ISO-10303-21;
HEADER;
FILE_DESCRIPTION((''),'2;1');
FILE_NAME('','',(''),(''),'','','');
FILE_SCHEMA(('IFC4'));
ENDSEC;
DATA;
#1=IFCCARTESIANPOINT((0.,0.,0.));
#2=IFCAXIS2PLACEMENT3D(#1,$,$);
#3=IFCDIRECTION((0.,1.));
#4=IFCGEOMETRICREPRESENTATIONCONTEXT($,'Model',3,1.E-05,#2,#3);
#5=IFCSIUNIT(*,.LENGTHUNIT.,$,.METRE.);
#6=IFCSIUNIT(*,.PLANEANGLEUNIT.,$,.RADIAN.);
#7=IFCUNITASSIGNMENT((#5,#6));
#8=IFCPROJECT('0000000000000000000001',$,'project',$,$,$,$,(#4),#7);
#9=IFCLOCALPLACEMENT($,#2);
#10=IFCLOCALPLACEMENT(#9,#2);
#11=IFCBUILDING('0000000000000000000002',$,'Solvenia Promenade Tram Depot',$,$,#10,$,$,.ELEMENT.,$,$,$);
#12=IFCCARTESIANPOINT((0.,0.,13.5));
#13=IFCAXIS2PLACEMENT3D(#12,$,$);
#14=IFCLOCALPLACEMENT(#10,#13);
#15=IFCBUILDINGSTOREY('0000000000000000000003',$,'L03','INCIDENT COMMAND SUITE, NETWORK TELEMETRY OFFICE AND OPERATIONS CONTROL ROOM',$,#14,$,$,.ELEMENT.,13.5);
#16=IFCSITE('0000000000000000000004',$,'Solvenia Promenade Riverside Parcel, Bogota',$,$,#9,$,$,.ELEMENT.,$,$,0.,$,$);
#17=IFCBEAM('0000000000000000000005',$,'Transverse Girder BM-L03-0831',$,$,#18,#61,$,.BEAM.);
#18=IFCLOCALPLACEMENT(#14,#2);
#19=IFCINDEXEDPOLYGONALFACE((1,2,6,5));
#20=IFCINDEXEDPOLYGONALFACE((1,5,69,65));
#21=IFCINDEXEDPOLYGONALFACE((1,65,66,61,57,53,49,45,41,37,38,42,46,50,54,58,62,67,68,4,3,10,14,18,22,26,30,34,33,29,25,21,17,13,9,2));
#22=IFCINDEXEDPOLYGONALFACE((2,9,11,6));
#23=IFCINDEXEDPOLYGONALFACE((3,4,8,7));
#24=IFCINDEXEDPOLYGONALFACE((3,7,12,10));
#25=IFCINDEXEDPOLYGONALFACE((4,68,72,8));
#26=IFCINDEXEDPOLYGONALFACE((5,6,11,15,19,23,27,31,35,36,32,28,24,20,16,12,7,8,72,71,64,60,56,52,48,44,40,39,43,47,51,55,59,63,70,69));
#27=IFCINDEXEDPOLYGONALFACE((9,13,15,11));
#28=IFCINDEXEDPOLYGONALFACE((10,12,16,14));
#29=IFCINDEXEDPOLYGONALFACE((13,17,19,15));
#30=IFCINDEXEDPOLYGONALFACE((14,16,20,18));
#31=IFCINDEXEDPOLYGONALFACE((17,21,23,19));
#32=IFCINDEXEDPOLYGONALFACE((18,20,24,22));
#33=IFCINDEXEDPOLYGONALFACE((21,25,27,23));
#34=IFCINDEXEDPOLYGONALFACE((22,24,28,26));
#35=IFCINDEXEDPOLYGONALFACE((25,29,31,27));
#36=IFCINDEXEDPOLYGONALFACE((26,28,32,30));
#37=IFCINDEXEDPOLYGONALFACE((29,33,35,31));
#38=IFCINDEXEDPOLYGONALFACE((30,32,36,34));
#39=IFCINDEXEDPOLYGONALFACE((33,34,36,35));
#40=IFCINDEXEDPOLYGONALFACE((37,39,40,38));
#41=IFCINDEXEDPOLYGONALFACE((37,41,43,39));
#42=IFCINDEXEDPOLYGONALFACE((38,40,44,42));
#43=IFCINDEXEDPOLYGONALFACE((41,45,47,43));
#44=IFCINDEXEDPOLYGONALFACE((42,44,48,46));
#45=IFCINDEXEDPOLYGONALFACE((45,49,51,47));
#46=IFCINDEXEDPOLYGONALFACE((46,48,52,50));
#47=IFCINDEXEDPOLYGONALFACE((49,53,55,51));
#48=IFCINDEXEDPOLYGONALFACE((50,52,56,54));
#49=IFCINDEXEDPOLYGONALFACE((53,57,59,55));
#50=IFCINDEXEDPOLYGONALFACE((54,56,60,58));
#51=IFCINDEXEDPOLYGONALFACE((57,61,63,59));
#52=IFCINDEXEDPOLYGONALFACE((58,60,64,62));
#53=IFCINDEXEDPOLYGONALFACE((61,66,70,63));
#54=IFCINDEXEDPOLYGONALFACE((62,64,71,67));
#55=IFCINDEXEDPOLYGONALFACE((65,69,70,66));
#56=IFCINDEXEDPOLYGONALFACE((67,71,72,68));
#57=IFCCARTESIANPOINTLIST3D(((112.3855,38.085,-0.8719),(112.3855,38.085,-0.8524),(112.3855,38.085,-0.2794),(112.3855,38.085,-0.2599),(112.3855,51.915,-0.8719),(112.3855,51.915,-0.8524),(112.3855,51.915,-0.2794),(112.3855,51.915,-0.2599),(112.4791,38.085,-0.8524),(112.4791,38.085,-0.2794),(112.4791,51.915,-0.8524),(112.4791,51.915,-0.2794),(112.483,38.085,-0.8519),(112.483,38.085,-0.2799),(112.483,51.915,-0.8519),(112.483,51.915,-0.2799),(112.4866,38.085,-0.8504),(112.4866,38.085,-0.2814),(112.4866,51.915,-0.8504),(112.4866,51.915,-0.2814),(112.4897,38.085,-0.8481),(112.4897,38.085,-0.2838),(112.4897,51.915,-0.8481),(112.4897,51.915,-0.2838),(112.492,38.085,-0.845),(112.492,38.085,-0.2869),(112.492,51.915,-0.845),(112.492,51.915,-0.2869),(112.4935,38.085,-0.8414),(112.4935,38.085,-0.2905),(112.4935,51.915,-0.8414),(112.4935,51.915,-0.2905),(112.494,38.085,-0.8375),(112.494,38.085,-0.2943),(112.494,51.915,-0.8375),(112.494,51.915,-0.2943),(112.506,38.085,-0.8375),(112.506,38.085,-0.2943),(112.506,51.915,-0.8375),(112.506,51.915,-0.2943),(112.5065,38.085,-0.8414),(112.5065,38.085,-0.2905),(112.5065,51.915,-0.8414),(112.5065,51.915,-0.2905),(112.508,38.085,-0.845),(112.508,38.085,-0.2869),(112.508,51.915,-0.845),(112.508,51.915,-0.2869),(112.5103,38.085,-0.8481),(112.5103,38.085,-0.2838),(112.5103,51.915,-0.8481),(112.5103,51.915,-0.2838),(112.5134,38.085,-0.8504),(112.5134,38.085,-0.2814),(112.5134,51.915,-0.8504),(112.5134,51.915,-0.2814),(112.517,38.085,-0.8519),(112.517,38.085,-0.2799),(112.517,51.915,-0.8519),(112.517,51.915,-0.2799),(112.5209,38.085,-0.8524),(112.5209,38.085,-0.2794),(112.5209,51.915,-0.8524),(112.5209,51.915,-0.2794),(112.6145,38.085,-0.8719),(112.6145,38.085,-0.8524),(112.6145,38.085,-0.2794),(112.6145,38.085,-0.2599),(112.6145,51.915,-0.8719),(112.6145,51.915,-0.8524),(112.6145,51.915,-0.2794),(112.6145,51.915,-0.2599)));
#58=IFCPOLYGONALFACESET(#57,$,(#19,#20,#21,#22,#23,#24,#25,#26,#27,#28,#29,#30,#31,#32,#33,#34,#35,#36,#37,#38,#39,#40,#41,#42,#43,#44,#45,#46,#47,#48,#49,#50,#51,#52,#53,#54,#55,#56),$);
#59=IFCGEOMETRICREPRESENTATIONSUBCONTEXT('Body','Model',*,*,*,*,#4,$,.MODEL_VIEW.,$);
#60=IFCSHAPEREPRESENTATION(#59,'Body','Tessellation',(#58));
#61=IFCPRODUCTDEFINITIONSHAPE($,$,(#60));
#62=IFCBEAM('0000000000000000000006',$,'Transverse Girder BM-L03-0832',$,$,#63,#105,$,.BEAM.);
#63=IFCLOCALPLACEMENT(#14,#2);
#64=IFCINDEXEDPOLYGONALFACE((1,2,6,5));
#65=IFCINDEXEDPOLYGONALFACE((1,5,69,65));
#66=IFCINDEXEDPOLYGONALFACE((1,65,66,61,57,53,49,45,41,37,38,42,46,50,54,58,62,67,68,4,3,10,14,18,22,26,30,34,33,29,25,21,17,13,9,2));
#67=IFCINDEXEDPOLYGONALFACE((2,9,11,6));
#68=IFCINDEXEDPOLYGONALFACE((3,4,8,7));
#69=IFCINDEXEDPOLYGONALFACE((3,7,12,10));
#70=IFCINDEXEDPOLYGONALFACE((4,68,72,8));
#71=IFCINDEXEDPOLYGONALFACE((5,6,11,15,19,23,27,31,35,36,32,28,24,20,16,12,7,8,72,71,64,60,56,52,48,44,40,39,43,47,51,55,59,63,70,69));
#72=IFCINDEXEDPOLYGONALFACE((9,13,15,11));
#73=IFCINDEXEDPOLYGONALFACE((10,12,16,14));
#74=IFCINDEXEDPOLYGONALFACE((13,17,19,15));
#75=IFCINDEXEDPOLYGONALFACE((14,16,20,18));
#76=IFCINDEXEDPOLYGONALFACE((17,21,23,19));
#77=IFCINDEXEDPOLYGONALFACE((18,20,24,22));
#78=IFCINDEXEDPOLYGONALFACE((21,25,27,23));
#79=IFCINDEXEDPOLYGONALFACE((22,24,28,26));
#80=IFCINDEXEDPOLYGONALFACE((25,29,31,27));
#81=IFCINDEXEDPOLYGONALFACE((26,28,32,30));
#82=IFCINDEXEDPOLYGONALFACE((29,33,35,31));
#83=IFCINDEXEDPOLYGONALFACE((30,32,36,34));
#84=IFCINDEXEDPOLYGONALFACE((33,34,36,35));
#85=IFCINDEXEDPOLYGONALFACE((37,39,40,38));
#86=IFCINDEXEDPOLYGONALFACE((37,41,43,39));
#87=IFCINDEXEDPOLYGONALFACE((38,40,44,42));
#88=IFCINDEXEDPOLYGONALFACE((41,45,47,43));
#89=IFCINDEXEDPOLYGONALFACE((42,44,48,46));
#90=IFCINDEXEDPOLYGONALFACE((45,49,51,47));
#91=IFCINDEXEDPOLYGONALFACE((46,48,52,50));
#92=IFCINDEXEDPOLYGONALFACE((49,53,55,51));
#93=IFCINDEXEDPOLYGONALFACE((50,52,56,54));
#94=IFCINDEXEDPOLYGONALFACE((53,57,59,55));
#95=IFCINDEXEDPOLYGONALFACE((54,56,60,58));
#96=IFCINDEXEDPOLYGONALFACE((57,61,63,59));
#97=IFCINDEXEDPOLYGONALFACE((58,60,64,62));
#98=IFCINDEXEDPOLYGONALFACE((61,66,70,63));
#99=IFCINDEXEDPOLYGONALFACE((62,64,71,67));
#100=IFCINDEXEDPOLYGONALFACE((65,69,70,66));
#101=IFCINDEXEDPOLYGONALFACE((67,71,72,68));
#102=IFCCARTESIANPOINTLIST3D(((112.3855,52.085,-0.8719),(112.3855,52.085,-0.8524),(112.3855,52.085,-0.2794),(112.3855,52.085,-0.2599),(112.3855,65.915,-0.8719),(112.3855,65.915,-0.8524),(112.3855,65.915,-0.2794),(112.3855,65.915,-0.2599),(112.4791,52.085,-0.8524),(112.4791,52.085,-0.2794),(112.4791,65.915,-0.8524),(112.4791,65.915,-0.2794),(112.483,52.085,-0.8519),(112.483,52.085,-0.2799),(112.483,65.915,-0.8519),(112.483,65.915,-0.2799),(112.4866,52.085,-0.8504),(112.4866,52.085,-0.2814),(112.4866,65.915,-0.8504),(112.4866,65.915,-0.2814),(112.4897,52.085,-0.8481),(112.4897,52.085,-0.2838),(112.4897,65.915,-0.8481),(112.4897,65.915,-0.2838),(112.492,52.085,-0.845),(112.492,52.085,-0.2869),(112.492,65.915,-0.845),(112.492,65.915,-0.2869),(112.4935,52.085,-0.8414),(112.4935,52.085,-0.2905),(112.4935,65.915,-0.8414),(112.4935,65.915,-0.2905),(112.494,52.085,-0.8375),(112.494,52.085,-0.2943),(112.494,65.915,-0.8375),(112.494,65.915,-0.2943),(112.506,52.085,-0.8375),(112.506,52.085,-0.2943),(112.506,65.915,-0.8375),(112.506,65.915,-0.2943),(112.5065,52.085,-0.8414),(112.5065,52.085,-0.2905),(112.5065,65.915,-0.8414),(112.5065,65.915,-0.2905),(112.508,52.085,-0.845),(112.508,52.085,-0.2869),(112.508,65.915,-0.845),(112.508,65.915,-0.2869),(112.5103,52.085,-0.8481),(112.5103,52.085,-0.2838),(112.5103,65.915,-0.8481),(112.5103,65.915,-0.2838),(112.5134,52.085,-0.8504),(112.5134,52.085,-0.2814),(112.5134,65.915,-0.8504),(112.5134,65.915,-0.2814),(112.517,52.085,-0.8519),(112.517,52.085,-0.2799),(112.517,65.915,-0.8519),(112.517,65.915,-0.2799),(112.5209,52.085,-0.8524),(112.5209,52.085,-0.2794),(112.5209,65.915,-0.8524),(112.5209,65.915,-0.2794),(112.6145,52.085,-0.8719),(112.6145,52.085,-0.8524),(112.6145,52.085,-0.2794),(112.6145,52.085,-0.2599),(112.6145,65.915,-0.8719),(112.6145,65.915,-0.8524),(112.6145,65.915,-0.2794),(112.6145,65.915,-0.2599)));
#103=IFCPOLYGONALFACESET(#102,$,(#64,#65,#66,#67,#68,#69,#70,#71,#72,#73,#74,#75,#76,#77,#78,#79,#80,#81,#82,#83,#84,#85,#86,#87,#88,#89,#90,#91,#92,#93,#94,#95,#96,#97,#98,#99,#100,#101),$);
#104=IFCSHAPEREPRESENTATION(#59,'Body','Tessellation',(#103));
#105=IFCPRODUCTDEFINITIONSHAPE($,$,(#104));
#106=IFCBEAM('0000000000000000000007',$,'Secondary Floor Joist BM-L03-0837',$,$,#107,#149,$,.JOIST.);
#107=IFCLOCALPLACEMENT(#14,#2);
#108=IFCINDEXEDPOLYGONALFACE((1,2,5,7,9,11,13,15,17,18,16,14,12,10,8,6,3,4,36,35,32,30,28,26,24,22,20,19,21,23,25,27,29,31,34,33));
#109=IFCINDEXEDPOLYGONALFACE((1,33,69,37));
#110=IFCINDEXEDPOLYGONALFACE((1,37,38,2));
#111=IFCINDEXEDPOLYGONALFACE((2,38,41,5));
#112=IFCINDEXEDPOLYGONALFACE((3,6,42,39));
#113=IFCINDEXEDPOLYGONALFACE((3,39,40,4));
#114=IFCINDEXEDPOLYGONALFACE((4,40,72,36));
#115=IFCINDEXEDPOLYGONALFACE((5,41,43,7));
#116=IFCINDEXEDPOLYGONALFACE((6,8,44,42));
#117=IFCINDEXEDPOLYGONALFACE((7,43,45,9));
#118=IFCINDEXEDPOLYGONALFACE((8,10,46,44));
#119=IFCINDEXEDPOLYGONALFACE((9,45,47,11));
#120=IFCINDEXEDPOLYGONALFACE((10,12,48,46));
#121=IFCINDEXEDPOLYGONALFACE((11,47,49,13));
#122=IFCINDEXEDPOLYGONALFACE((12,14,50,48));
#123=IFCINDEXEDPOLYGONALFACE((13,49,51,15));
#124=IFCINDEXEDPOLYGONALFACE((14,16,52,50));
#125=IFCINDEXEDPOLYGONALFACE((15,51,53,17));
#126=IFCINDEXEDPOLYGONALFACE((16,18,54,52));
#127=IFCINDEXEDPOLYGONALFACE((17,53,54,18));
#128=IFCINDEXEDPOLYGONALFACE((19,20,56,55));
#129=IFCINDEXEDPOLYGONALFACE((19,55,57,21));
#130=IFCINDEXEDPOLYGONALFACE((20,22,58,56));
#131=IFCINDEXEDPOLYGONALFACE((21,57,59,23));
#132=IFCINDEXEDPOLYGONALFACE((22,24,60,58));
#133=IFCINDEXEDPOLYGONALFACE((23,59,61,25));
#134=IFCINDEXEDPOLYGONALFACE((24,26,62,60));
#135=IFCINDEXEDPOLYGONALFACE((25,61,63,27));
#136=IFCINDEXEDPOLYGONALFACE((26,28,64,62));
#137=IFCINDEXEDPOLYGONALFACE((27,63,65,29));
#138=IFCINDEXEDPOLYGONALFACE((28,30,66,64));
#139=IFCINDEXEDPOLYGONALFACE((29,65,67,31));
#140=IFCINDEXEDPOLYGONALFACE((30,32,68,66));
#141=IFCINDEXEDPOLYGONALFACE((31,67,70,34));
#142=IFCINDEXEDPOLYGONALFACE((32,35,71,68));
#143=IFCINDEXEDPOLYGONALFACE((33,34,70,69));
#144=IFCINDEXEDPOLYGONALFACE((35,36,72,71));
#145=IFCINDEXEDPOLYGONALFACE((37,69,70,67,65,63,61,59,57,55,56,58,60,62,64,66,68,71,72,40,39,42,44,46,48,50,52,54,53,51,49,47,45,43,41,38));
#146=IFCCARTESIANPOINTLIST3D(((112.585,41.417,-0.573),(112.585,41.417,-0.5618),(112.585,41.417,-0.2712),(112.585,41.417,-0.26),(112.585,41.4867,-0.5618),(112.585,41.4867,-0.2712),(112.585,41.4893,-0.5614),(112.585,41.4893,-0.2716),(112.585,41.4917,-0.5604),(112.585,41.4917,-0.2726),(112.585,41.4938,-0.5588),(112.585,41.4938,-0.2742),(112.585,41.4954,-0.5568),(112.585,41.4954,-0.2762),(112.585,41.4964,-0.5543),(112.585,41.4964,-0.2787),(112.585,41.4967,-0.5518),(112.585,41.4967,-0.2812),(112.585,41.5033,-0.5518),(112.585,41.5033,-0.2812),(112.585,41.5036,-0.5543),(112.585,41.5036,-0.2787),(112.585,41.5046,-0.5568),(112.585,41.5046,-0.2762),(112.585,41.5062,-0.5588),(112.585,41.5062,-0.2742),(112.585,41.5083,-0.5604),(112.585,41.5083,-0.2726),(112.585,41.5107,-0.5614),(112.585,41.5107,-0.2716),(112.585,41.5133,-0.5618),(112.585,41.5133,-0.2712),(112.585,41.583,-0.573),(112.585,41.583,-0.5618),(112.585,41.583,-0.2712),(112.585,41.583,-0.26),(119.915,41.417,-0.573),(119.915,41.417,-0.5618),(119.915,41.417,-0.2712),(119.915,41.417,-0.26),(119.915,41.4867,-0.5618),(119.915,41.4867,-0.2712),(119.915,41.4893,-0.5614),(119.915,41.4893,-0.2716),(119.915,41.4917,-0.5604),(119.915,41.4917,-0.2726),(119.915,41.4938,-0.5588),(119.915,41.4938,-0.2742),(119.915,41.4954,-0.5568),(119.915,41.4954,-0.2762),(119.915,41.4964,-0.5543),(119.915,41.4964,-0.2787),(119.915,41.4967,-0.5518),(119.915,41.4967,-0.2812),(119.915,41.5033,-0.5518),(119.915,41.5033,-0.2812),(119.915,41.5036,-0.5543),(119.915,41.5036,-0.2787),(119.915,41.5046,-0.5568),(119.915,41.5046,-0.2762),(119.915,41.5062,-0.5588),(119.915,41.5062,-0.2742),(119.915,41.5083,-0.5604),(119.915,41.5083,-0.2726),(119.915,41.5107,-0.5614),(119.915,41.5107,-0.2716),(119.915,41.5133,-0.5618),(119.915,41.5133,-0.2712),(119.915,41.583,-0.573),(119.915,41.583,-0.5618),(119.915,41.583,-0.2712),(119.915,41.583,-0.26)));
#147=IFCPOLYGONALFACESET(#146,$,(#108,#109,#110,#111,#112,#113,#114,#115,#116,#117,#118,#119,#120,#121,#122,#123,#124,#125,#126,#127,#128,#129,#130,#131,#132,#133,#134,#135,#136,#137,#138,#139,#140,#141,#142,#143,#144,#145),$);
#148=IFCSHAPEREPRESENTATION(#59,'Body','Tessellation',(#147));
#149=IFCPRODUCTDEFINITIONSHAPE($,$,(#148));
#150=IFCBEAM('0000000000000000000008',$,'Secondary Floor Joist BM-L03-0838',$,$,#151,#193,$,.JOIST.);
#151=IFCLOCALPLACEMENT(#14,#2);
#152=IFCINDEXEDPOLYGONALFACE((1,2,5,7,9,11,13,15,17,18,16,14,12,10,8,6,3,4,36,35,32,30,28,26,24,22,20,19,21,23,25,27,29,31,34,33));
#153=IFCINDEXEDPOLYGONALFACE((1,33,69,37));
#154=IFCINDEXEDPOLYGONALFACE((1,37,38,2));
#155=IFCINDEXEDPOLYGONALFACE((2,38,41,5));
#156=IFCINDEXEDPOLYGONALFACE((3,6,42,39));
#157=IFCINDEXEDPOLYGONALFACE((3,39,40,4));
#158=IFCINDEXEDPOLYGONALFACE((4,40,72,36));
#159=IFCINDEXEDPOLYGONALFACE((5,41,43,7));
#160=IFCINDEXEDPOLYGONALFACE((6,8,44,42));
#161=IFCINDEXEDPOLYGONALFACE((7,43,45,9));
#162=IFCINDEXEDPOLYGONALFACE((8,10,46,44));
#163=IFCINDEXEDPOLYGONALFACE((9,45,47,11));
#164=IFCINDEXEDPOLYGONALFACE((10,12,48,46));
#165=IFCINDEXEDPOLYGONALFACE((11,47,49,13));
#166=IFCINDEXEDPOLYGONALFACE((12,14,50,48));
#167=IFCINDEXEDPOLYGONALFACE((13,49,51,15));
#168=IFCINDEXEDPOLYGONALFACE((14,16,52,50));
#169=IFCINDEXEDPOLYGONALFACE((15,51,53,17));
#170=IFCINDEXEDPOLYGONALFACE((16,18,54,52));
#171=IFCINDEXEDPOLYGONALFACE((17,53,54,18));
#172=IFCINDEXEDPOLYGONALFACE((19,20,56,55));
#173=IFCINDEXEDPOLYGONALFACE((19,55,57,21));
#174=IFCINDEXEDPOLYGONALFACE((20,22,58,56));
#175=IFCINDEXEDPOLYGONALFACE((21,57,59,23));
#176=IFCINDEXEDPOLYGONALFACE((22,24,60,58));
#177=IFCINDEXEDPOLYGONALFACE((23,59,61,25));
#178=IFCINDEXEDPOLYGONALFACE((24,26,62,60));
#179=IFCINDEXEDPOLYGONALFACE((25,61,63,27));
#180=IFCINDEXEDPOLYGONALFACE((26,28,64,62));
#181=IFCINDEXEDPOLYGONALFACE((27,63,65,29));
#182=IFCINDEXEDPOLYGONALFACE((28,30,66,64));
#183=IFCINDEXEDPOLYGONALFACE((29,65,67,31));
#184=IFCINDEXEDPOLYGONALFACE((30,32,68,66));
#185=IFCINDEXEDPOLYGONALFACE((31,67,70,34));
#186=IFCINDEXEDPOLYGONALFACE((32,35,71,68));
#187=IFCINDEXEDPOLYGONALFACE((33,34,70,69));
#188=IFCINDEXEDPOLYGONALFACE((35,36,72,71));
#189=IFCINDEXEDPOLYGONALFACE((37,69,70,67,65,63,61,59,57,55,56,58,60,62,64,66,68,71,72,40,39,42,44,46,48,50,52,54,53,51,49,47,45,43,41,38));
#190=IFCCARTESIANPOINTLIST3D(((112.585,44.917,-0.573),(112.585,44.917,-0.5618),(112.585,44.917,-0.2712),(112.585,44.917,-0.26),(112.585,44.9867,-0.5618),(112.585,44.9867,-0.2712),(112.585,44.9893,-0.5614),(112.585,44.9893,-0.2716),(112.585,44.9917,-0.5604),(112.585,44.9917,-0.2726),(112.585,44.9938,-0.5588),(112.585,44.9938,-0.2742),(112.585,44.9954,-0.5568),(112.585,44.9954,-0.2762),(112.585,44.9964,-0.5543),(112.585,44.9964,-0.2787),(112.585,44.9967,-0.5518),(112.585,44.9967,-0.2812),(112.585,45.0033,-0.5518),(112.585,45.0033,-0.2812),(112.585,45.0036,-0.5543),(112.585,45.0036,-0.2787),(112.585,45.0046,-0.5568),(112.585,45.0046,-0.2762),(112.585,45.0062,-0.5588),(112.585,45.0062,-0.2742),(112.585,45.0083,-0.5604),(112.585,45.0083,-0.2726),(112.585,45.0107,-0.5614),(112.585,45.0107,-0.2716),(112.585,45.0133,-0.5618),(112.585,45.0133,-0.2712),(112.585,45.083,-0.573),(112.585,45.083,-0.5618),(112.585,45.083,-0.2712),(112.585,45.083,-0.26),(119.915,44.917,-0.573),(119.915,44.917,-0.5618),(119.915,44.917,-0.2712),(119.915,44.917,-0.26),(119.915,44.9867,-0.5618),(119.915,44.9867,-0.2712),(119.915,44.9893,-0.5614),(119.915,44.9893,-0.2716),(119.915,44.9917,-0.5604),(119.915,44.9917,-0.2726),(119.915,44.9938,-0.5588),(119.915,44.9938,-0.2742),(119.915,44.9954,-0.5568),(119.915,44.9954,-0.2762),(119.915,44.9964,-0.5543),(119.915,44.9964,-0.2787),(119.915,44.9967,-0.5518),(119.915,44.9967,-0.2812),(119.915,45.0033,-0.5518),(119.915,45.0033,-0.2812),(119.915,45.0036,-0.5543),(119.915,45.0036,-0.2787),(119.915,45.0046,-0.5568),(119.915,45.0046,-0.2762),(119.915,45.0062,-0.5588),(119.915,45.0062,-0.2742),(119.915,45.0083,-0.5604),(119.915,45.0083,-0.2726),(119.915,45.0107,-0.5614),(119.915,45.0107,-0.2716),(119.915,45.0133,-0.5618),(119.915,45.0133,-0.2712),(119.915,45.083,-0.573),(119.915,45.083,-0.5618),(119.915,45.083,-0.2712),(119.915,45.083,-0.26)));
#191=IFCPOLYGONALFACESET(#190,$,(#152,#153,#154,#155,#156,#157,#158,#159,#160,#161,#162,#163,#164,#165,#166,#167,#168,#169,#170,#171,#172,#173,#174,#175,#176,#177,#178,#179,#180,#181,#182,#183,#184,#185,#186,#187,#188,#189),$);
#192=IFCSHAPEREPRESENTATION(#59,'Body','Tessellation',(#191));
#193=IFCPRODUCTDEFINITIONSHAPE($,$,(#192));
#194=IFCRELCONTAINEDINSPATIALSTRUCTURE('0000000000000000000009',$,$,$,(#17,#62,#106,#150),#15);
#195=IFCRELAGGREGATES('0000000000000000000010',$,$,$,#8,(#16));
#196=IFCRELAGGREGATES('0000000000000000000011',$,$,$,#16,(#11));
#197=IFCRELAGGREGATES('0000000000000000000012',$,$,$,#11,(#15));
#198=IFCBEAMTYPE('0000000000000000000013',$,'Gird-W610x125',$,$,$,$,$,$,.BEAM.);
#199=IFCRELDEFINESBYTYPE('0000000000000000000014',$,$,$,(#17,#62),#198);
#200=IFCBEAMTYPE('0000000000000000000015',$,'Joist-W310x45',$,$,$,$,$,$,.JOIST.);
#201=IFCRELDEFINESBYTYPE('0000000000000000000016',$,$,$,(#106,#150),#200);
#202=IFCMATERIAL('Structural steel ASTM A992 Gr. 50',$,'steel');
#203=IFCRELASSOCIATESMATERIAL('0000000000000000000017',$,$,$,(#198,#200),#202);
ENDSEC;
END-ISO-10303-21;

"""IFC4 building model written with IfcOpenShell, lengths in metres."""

from ifc_helpers import new_model, si_unit, direction, frame, origin, origin_2d, place, context, subcontext, project, spatial, i_section, extrude, material, material_profile, profile_set, type_object, element, save


model = new_model("IFC4")

# Units and contexts
model_context = context("Model", 3, precision=1e-05, world=origin(), true_north=direction((0.0, 1.0)))
body_context = subcontext(model_context, "Body", "Model", "MODEL_VIEW")
ifc_project = project(units=[si_unit("LENGTHUNIT", "METRE"), si_unit("PLANEANGLEUNIT", "RADIAN")], contexts=[model_context])

# Site, building, storey
site_placement = place(None, origin())
site = spatial("IfcSite", under=ifc_project, at=site_placement, Name="Solvenia Promenade Riverside Parcel, Bogota", CompositionType="ELEMENT", RefElevation=0.0)
building_placement = place(site_placement, origin())
building = spatial("IfcBuilding", under=site, at=building_placement, Name="Solvenia Promenade Tram Depot", CompositionType="ELEMENT")
storey_placement = place(building_placement, frame((0.0, 0.0, 13.5)))
storey = spatial("IfcBuildingStorey", under=building, at=storey_placement, Name="L03", Description="INCIDENT COMMAND SUITE, NETWORK TELEMETRY OFFICE AND OPERATIONS CONTROL ROOM", CompositionType="ELEMENT", Elevation=13.5)

# Shared definitions
ifc_material_1 = material(Name="Structural steel ASTM A992 Gr. 50", Category="steel")

# Beams
ifc_material_profile_1 = material_profile(ifc_material_1, i_section(OverallWidth=0.229, OverallDepth=0.6121, WebThickness=0.012, FlangeThickness=0.0195, FilletRadius=0.0149, at=origin_2d()), Name="W610x125", Category="steel")
ifc_profile_set_1 = profile_set([ifc_material_profile_1], Name="Structural steel ASTM A992 Gr. 50")
beam_type_1 = type_object("IfcBeamType", Name="Gird-W610x125", PredefinedType="BEAM", material=ifc_profile_set_1)
for number, where, z_axis, x_axis, name in (
    (1, (112.5, 38.085, -0.5659), (0.0, 1.0, 0.0), (-1.0, 0.0, 0.0), "Transverse Girder BM-L03-0831"),
    (2, (112.5, 52.085, -0.5659), (0.0, 1.0, 0.0), (-1.0, 0.0, 0.0), "Transverse Girder BM-L03-0832"),
):
    element("IfcBeam", number, at=place(storey_placement, frame(where, z_axis=z_axis, x_axis=x_axis)), inside=storey, type_object=beam_type_1, Name=name, PredefinedType="BEAM", context=body_context, shape_type="SweptSolid", body=[
        extrude(i_section(OverallWidth=0.229, OverallDepth=0.6121, WebThickness=0.012, FlangeThickness=0.0195, FilletRadius=0.0149, at=origin_2d()), origin(), (0.0, 0.0, 1.0), 13.8301),
    ])
ifc_material_profile_2 = material_profile(ifc_material_1, i_section(OverallWidth=0.166, OverallDepth=0.313, WebThickness=0.0066, FlangeThickness=0.0112, FilletRadius=0.01, at=origin_2d()), Name="W310x45", Category="steel")
ifc_profile_set_2 = profile_set([ifc_material_profile_2], Name="Structural steel ASTM A992 Gr. 50")
beam_type_2 = type_object("IfcBeamType", Name="Joist-W310x45", PredefinedType="JOIST", material=ifc_profile_set_2)
for number, where, z_axis, x_axis, name in (
    (3, (112.585, 41.5, -0.4165), (1.0, 0.0, 0.0), (0.0, 1.0, 0.0), "Secondary Floor Joist BM-L03-0837"),
    (4, (112.585, 45.0, -0.4165), (1.0, 0.0, 0.0), (0.0, 1.0, 0.0), "Secondary Floor Joist BM-L03-0838"),
):
    element("IfcBeam", number, at=place(storey_placement, frame(where, z_axis=z_axis, x_axis=x_axis)), inside=storey, type_object=beam_type_2, Name=name, PredefinedType="JOIST", context=body_context, shape_type="SweptSolid", body=[
        extrude(i_section(OverallWidth=0.166, OverallDepth=0.313, WebThickness=0.0066, FlangeThickness=0.0112, FilletRadius=0.01, at=origin_2d()), origin(), (0.0, 0.0, 1.0), 7.3301),
    ])

save(model, "model.ifc")
